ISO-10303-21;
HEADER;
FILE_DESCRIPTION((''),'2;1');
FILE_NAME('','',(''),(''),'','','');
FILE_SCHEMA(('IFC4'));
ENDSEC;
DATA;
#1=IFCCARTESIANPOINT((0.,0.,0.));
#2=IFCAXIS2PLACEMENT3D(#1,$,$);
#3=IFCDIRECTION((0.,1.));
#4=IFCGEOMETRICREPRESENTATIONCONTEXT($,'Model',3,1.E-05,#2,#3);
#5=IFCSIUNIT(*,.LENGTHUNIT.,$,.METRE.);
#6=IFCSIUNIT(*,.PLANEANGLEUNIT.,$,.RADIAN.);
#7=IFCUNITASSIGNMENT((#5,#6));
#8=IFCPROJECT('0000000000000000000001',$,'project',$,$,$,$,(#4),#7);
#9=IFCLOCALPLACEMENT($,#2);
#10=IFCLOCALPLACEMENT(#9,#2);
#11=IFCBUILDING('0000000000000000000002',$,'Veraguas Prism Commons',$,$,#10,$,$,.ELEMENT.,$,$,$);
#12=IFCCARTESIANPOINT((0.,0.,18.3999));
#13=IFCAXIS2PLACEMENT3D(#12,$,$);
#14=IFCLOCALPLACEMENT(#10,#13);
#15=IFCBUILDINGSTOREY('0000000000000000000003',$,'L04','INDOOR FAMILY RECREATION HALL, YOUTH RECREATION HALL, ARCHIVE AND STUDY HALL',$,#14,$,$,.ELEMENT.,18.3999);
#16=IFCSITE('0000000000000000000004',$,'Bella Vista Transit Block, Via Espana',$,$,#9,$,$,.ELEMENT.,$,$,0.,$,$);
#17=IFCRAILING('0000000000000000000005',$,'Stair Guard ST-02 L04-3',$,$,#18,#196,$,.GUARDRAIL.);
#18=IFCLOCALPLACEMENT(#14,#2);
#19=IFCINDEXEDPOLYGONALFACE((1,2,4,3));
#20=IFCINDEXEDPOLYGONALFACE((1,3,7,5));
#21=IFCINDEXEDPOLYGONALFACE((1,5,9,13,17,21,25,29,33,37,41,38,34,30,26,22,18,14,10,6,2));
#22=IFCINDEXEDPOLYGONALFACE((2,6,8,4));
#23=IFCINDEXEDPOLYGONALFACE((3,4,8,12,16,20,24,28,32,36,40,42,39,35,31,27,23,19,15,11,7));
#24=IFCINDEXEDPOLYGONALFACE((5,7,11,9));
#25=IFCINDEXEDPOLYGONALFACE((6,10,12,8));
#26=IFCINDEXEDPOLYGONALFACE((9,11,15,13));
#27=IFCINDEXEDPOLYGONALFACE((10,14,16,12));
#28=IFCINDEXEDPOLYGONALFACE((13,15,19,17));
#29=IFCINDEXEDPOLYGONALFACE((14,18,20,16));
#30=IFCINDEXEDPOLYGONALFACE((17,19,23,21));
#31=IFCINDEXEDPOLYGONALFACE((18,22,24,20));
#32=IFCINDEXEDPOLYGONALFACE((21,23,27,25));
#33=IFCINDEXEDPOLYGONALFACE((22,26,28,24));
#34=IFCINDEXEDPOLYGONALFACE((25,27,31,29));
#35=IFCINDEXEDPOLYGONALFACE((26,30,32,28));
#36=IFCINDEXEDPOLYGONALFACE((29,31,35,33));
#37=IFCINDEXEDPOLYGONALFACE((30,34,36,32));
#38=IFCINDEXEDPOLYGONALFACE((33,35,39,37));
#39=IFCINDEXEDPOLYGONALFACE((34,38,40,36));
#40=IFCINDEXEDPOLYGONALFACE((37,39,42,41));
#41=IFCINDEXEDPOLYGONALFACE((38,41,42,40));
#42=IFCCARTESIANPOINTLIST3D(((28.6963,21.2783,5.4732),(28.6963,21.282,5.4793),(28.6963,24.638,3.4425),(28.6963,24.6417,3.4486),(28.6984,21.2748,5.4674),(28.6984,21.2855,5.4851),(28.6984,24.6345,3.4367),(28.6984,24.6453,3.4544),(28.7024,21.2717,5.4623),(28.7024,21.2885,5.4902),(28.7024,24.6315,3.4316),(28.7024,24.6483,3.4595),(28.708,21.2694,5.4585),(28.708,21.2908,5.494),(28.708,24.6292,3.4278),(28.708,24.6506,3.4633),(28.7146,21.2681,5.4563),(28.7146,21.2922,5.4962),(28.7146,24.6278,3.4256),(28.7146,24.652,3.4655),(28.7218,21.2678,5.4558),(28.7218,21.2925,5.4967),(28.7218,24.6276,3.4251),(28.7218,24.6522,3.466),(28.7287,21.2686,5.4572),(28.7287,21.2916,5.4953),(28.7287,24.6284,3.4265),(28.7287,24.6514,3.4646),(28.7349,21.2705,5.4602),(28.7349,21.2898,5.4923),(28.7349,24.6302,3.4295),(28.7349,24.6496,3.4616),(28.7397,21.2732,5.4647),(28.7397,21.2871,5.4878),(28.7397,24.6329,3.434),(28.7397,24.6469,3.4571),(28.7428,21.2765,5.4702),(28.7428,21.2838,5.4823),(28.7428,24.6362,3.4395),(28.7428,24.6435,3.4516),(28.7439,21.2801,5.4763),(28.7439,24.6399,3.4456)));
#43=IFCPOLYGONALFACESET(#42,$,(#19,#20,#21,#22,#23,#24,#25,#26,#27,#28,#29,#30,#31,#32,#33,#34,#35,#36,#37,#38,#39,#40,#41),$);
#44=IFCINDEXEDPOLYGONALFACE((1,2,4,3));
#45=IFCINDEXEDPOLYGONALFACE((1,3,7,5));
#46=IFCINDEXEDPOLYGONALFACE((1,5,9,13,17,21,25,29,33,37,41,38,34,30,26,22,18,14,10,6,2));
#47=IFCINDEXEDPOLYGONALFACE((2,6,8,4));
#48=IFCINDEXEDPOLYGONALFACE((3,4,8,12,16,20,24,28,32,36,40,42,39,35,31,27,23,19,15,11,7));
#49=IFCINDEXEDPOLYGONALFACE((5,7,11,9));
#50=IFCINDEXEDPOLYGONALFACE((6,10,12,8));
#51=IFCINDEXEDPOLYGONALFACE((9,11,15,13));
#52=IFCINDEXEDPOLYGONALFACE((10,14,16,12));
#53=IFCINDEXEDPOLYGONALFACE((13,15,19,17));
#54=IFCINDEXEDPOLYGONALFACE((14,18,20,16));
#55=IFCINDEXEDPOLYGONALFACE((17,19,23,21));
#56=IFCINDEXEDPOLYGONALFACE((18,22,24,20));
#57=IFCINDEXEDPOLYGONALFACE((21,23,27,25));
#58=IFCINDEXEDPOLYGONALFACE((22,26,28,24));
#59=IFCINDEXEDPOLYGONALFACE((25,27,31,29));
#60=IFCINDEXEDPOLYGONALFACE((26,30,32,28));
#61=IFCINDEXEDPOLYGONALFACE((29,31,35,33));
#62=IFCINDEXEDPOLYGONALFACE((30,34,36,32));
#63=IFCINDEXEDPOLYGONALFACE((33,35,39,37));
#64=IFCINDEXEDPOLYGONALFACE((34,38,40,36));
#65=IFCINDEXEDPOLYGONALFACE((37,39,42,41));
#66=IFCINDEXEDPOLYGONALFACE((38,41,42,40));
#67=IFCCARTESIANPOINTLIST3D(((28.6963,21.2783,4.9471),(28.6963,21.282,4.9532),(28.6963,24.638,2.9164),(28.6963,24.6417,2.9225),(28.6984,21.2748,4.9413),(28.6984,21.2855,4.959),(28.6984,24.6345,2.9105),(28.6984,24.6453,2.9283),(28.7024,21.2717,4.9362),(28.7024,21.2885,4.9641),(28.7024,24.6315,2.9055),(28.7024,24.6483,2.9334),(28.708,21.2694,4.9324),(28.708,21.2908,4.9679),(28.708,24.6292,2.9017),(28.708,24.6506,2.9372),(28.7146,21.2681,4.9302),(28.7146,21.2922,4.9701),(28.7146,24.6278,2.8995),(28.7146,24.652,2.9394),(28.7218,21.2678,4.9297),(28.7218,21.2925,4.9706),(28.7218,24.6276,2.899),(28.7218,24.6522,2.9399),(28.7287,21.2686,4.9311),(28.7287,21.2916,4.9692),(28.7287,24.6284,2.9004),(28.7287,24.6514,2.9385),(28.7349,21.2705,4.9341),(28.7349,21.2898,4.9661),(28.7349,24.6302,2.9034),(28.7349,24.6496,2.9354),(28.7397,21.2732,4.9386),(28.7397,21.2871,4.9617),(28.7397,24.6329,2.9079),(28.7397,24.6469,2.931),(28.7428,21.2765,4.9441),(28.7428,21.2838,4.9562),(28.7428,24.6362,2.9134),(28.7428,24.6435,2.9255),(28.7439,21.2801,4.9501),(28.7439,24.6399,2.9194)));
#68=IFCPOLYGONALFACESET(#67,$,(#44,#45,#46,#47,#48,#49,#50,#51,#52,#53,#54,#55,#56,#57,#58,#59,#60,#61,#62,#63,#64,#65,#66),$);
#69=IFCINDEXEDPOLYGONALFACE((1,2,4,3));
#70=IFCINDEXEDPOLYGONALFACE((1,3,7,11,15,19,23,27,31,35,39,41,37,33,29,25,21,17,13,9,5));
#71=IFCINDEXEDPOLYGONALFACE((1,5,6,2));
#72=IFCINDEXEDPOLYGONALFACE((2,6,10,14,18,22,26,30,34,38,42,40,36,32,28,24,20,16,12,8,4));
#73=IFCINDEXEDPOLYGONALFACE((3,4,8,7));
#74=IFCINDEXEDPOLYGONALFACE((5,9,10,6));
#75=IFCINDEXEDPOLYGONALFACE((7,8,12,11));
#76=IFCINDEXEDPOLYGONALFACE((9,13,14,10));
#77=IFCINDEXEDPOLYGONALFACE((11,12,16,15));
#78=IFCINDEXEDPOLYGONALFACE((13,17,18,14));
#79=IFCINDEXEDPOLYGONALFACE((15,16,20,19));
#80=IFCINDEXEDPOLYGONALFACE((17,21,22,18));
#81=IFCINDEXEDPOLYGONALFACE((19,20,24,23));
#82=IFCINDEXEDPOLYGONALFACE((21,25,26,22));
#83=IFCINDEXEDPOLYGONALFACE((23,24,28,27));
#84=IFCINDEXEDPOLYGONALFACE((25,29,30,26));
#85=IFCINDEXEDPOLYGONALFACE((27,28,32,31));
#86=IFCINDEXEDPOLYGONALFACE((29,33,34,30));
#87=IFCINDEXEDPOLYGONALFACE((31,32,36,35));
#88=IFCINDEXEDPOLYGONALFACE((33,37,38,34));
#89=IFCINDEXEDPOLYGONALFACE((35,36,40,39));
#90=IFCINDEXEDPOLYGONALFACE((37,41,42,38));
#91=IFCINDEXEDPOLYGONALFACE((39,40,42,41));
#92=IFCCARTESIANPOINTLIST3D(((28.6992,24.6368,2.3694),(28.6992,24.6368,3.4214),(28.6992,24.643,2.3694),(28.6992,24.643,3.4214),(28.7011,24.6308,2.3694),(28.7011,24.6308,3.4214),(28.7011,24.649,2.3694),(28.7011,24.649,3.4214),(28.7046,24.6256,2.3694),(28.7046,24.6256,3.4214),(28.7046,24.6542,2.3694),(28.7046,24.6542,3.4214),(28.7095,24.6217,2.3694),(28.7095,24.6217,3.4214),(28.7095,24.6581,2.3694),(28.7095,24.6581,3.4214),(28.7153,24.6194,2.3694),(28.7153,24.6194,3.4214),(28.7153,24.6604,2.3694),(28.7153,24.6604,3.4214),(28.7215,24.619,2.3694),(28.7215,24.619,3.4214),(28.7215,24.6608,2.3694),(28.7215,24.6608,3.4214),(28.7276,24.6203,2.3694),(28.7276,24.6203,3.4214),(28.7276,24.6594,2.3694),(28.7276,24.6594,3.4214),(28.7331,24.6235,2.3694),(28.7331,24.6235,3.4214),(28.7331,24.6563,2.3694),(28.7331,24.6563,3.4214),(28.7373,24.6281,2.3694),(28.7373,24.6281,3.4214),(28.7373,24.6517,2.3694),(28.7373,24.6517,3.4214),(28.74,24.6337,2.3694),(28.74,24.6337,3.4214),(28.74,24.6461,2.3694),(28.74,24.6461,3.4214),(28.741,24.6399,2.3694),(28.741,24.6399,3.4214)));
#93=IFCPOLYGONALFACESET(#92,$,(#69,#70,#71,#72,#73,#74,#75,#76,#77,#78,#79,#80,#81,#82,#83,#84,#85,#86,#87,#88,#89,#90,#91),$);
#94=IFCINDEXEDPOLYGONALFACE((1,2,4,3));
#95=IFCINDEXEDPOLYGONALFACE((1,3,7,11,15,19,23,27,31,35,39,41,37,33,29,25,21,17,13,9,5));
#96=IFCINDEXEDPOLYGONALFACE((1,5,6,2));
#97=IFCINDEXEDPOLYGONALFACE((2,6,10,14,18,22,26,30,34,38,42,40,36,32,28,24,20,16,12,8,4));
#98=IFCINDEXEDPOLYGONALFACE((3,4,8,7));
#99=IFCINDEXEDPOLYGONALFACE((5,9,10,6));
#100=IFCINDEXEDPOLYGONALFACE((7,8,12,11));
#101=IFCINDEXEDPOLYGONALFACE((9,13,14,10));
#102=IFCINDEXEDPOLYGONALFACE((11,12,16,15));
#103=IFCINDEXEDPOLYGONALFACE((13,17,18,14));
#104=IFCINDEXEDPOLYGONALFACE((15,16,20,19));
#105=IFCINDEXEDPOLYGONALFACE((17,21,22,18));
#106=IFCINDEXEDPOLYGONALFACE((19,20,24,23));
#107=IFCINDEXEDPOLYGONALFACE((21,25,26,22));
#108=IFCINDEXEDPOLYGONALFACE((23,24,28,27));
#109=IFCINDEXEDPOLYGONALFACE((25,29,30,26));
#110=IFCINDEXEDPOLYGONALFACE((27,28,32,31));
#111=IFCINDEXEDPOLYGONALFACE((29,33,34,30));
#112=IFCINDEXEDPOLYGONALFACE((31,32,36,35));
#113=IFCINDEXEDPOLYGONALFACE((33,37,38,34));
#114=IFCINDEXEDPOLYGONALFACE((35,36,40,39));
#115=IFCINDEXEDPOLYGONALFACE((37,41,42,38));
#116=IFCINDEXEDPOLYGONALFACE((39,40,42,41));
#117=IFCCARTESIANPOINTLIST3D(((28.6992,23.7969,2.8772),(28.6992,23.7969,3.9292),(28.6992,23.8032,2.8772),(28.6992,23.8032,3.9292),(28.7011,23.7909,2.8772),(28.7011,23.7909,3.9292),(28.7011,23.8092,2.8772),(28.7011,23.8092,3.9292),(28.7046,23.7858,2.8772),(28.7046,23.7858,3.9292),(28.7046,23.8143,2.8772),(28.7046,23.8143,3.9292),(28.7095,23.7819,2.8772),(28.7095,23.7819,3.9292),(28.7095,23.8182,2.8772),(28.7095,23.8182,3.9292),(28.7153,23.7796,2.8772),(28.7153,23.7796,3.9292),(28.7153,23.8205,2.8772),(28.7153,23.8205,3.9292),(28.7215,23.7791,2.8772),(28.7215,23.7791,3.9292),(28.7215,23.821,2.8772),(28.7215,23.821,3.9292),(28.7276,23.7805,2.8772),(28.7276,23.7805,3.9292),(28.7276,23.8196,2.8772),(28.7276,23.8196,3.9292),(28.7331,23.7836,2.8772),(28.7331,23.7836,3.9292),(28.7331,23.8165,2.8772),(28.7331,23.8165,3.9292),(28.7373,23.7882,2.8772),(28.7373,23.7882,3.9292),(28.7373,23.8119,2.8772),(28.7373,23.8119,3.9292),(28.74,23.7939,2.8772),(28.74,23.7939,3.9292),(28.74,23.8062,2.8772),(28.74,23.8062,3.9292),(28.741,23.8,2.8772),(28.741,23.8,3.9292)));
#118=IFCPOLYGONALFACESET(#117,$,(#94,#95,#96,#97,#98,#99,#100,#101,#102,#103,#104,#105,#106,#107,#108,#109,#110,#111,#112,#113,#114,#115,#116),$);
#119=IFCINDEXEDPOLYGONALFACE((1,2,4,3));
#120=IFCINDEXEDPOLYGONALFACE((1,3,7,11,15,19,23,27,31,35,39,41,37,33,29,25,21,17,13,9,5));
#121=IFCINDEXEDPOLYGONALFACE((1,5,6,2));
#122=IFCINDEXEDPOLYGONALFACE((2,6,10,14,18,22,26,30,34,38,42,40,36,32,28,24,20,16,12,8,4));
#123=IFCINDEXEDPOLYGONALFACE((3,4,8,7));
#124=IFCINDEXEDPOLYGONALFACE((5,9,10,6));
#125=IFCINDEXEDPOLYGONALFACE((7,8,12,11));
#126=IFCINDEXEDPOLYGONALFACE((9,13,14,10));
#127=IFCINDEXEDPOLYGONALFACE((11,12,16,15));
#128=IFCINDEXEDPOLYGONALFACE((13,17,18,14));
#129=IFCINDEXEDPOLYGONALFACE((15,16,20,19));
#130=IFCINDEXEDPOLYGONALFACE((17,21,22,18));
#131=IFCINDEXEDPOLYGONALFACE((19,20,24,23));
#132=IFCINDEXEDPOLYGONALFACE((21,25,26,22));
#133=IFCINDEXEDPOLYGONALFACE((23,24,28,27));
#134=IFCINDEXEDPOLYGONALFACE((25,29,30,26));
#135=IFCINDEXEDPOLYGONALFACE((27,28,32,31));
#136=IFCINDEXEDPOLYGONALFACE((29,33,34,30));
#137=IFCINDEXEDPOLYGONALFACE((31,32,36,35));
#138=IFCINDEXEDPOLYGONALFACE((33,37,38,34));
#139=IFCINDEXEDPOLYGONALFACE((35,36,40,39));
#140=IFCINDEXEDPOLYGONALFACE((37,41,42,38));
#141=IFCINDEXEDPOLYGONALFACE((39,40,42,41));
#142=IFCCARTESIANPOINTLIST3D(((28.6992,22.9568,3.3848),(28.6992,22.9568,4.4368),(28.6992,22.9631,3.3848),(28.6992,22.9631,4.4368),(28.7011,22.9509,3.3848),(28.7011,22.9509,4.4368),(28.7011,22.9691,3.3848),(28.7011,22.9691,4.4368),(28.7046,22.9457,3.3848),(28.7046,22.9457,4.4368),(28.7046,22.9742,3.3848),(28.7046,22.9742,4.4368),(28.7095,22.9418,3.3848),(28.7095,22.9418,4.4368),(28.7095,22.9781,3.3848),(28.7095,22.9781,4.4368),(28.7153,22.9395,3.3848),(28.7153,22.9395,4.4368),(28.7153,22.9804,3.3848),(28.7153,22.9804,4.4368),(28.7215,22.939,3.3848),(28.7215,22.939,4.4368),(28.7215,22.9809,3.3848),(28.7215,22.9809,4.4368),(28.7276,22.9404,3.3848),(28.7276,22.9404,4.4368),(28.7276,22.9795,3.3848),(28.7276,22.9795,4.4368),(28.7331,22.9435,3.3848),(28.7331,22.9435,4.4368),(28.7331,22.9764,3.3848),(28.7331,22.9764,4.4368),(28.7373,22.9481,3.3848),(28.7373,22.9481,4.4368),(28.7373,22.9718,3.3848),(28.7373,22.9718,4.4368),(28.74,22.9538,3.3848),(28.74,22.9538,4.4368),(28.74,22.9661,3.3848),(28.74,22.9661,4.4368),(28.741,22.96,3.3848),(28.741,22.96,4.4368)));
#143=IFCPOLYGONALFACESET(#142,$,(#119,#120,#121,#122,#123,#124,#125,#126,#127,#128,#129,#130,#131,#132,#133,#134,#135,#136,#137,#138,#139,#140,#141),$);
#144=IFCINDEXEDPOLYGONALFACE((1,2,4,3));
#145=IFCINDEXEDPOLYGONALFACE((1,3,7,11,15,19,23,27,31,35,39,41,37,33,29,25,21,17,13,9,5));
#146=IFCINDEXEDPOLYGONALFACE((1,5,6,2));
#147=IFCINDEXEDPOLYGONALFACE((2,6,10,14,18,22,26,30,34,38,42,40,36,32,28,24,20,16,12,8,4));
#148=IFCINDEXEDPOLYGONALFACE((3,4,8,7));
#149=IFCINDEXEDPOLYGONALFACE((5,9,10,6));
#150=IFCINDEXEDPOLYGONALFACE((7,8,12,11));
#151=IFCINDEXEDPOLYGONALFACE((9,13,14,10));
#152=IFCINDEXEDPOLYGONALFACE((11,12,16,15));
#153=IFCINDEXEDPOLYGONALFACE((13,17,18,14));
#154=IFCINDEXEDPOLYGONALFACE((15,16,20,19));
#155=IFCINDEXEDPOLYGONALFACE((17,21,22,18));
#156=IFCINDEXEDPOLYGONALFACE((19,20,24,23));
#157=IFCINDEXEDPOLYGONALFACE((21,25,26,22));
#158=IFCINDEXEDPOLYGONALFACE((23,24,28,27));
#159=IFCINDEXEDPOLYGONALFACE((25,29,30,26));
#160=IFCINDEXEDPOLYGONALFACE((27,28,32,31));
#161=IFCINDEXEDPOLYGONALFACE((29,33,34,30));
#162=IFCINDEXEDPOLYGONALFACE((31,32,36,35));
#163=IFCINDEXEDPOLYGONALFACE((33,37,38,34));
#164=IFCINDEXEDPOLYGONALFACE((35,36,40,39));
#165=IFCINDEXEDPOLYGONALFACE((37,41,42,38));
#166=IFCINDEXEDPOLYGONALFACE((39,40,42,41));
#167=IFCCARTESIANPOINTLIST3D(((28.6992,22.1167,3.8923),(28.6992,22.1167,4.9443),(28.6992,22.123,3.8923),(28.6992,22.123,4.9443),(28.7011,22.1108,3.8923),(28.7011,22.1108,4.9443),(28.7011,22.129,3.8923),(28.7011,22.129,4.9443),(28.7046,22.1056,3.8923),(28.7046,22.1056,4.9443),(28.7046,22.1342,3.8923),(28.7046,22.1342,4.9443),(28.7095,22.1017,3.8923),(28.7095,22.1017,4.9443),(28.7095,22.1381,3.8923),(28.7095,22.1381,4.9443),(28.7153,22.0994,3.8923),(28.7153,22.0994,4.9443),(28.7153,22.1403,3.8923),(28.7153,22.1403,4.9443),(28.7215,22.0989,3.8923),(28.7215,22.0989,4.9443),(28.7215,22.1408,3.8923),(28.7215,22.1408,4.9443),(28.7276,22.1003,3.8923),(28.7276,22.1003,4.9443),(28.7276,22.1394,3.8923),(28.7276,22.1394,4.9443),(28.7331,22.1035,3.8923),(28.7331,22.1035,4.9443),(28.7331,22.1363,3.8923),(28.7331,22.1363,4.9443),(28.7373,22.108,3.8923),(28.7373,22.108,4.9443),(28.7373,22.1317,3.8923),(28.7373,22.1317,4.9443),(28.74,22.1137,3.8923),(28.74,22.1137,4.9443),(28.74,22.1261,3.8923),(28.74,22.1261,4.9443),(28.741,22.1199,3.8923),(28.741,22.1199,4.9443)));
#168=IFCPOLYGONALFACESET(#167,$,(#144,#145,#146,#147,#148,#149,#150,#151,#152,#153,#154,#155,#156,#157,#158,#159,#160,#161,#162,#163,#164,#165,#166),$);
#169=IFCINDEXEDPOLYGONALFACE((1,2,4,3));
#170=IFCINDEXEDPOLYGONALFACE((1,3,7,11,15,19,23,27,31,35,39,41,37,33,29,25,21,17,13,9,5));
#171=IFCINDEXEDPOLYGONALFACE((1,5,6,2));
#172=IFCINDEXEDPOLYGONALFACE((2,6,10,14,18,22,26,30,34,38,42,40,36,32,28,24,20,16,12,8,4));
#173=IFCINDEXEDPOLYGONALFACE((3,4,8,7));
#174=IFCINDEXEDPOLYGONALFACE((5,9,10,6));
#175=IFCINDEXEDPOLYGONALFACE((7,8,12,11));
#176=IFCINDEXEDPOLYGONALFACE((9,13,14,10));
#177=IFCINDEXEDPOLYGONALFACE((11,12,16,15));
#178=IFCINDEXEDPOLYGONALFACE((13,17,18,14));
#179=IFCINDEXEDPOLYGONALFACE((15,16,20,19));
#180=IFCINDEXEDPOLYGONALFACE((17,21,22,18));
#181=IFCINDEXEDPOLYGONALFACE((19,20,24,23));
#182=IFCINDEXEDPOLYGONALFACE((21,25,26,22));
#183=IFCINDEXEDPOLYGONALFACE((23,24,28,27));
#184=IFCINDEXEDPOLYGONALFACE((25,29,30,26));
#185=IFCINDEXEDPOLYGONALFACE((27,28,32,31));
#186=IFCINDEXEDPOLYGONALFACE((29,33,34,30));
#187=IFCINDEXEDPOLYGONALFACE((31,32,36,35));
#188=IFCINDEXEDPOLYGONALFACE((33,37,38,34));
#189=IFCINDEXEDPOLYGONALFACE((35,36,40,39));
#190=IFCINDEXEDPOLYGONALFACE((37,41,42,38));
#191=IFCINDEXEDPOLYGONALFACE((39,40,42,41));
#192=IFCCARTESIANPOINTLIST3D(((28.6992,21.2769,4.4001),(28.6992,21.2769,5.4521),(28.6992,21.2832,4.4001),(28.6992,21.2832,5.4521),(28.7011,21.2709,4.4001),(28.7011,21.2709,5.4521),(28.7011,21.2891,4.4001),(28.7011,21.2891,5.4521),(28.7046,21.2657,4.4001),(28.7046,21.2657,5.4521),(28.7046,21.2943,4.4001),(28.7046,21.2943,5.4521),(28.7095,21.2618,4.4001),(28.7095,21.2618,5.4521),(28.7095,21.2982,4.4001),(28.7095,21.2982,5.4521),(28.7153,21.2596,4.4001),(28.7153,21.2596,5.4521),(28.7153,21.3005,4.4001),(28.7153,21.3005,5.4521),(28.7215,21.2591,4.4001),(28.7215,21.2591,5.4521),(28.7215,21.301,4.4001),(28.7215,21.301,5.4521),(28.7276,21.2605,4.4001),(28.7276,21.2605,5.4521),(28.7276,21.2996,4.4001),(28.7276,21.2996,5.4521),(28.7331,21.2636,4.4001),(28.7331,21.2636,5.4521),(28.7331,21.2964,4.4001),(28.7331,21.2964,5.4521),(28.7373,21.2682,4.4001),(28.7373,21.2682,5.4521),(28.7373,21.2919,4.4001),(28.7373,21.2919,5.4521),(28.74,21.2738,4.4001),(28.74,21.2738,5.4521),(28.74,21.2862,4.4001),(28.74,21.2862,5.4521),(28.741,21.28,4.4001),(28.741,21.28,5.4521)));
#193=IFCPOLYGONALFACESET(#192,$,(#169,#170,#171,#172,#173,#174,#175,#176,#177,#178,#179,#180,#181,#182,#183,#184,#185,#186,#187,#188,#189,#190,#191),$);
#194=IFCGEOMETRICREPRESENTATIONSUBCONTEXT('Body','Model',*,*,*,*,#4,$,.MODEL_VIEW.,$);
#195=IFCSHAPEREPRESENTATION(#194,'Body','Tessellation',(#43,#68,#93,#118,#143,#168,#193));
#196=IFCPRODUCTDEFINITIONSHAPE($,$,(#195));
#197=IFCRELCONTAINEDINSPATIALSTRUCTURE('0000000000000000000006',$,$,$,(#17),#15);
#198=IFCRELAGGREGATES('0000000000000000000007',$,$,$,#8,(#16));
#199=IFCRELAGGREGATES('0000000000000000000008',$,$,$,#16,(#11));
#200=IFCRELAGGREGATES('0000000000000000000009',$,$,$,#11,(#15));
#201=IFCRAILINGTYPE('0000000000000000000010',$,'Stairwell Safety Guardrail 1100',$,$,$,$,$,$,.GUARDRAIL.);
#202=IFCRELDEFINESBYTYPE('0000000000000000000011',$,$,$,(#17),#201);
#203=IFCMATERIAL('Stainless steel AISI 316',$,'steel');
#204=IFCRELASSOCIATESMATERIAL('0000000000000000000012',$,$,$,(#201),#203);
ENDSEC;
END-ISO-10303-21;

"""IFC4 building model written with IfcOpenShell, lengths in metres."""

from ifc_helpers import new_model, si_unit, direction, frame, origin, origin_2d, place, context, subcontext, project, spatial, circle, extrude, material, type_object, element, save


model = new_model("IFC4")

# Units and contexts
model_context = context("Model", 3, precision=1e-05, world=origin(), true_north=direction((0.0, 1.0)))
body_context = subcontext(model_context, "Body", "Model", "MODEL_VIEW")
ifc_project = project(units=[si_unit("LENGTHUNIT", "METRE"), si_unit("PLANEANGLEUNIT", "RADIAN")], contexts=[model_context])

# Site, building, storey
site_placement = place(None, origin())
site = spatial("IfcSite", under=ifc_project, at=site_placement, Name="Bella Vista Transit Block, Via Espana", CompositionType="ELEMENT", RefElevation=0.0)
building_placement = place(site_placement, origin())
building = spatial("IfcBuilding", under=site, at=building_placement, Name="Veraguas Prism Commons", CompositionType="ELEMENT")
storey_placement = place(building_placement, frame((0.0, 0.0, 18.3999)))
storey = spatial("IfcBuildingStorey", under=building, at=storey_placement, Name="L04", Description="INDOOR FAMILY RECREATION HALL, YOUTH RECREATION HALL, ARCHIVE AND STUDY HALL", CompositionType="ELEMENT", Elevation=18.3999)

# Railing
ifc_material_1 = material(Name="Stainless steel AISI 316", Category="steel")
railing_type_1 = type_object("IfcRailingType", Name="Stairwell Safety Guardrail 1100", PredefinedType="GUARDRAIL", material=ifc_material_1)
railing_1_placement = place(storey_placement, frame((28.72, 24.6399, 2.3694)))
element("IfcRailing", 1, at=railing_1_placement, inside=storey, type_object=railing_type_1, Name="Stair Guard ST-02 L04-3", PredefinedType="GUARDRAIL", context=body_context, shape_type="SweptSolid", body=[
    extrude(circle(Radius=0.0239, at=origin_2d()), frame((0.0, 0.0, 1.0762), z_axis=(0.0, -0.85582, 0.517273), x_axis=(1.0, 0.0, 0.0)), (0.0, 0.0, 1.0), 3.9258),
    extrude(circle(Radius=0.0239, at=origin_2d()), frame((0.0, 0.0, 0.55), z_axis=(0.0, -0.85582, 0.517273), x_axis=(1.0, 0.0, 0.0)), (0.0, 0.0, 1.0), 3.9258),
    extrude(circle(Radius=0.021, at=origin_2d()), origin(), (0.0, 0.0, 1.0), 1.052),
    extrude(circle(Radius=0.021, at=origin_2d()), frame((0.0, -0.8398, 0.5078)), (0.0, 0.0, 1.0), 1.052),
    extrude(circle(Radius=0.021, at=origin_2d()), frame((0.0, -1.6799, 1.0154)), (0.0, 0.0, 1.0), 1.052),
    extrude(circle(Radius=0.021, at=origin_2d()), frame((0.0, -2.52, 1.5229)), (0.0, 0.0, 1.0), 1.052),
    extrude(circle(Radius=0.021, at=origin_2d()), frame((0.0, -3.3599, 2.0308)), (0.0, 0.0, 1.0), 1.052),
])

save(model, "model.ifc")
